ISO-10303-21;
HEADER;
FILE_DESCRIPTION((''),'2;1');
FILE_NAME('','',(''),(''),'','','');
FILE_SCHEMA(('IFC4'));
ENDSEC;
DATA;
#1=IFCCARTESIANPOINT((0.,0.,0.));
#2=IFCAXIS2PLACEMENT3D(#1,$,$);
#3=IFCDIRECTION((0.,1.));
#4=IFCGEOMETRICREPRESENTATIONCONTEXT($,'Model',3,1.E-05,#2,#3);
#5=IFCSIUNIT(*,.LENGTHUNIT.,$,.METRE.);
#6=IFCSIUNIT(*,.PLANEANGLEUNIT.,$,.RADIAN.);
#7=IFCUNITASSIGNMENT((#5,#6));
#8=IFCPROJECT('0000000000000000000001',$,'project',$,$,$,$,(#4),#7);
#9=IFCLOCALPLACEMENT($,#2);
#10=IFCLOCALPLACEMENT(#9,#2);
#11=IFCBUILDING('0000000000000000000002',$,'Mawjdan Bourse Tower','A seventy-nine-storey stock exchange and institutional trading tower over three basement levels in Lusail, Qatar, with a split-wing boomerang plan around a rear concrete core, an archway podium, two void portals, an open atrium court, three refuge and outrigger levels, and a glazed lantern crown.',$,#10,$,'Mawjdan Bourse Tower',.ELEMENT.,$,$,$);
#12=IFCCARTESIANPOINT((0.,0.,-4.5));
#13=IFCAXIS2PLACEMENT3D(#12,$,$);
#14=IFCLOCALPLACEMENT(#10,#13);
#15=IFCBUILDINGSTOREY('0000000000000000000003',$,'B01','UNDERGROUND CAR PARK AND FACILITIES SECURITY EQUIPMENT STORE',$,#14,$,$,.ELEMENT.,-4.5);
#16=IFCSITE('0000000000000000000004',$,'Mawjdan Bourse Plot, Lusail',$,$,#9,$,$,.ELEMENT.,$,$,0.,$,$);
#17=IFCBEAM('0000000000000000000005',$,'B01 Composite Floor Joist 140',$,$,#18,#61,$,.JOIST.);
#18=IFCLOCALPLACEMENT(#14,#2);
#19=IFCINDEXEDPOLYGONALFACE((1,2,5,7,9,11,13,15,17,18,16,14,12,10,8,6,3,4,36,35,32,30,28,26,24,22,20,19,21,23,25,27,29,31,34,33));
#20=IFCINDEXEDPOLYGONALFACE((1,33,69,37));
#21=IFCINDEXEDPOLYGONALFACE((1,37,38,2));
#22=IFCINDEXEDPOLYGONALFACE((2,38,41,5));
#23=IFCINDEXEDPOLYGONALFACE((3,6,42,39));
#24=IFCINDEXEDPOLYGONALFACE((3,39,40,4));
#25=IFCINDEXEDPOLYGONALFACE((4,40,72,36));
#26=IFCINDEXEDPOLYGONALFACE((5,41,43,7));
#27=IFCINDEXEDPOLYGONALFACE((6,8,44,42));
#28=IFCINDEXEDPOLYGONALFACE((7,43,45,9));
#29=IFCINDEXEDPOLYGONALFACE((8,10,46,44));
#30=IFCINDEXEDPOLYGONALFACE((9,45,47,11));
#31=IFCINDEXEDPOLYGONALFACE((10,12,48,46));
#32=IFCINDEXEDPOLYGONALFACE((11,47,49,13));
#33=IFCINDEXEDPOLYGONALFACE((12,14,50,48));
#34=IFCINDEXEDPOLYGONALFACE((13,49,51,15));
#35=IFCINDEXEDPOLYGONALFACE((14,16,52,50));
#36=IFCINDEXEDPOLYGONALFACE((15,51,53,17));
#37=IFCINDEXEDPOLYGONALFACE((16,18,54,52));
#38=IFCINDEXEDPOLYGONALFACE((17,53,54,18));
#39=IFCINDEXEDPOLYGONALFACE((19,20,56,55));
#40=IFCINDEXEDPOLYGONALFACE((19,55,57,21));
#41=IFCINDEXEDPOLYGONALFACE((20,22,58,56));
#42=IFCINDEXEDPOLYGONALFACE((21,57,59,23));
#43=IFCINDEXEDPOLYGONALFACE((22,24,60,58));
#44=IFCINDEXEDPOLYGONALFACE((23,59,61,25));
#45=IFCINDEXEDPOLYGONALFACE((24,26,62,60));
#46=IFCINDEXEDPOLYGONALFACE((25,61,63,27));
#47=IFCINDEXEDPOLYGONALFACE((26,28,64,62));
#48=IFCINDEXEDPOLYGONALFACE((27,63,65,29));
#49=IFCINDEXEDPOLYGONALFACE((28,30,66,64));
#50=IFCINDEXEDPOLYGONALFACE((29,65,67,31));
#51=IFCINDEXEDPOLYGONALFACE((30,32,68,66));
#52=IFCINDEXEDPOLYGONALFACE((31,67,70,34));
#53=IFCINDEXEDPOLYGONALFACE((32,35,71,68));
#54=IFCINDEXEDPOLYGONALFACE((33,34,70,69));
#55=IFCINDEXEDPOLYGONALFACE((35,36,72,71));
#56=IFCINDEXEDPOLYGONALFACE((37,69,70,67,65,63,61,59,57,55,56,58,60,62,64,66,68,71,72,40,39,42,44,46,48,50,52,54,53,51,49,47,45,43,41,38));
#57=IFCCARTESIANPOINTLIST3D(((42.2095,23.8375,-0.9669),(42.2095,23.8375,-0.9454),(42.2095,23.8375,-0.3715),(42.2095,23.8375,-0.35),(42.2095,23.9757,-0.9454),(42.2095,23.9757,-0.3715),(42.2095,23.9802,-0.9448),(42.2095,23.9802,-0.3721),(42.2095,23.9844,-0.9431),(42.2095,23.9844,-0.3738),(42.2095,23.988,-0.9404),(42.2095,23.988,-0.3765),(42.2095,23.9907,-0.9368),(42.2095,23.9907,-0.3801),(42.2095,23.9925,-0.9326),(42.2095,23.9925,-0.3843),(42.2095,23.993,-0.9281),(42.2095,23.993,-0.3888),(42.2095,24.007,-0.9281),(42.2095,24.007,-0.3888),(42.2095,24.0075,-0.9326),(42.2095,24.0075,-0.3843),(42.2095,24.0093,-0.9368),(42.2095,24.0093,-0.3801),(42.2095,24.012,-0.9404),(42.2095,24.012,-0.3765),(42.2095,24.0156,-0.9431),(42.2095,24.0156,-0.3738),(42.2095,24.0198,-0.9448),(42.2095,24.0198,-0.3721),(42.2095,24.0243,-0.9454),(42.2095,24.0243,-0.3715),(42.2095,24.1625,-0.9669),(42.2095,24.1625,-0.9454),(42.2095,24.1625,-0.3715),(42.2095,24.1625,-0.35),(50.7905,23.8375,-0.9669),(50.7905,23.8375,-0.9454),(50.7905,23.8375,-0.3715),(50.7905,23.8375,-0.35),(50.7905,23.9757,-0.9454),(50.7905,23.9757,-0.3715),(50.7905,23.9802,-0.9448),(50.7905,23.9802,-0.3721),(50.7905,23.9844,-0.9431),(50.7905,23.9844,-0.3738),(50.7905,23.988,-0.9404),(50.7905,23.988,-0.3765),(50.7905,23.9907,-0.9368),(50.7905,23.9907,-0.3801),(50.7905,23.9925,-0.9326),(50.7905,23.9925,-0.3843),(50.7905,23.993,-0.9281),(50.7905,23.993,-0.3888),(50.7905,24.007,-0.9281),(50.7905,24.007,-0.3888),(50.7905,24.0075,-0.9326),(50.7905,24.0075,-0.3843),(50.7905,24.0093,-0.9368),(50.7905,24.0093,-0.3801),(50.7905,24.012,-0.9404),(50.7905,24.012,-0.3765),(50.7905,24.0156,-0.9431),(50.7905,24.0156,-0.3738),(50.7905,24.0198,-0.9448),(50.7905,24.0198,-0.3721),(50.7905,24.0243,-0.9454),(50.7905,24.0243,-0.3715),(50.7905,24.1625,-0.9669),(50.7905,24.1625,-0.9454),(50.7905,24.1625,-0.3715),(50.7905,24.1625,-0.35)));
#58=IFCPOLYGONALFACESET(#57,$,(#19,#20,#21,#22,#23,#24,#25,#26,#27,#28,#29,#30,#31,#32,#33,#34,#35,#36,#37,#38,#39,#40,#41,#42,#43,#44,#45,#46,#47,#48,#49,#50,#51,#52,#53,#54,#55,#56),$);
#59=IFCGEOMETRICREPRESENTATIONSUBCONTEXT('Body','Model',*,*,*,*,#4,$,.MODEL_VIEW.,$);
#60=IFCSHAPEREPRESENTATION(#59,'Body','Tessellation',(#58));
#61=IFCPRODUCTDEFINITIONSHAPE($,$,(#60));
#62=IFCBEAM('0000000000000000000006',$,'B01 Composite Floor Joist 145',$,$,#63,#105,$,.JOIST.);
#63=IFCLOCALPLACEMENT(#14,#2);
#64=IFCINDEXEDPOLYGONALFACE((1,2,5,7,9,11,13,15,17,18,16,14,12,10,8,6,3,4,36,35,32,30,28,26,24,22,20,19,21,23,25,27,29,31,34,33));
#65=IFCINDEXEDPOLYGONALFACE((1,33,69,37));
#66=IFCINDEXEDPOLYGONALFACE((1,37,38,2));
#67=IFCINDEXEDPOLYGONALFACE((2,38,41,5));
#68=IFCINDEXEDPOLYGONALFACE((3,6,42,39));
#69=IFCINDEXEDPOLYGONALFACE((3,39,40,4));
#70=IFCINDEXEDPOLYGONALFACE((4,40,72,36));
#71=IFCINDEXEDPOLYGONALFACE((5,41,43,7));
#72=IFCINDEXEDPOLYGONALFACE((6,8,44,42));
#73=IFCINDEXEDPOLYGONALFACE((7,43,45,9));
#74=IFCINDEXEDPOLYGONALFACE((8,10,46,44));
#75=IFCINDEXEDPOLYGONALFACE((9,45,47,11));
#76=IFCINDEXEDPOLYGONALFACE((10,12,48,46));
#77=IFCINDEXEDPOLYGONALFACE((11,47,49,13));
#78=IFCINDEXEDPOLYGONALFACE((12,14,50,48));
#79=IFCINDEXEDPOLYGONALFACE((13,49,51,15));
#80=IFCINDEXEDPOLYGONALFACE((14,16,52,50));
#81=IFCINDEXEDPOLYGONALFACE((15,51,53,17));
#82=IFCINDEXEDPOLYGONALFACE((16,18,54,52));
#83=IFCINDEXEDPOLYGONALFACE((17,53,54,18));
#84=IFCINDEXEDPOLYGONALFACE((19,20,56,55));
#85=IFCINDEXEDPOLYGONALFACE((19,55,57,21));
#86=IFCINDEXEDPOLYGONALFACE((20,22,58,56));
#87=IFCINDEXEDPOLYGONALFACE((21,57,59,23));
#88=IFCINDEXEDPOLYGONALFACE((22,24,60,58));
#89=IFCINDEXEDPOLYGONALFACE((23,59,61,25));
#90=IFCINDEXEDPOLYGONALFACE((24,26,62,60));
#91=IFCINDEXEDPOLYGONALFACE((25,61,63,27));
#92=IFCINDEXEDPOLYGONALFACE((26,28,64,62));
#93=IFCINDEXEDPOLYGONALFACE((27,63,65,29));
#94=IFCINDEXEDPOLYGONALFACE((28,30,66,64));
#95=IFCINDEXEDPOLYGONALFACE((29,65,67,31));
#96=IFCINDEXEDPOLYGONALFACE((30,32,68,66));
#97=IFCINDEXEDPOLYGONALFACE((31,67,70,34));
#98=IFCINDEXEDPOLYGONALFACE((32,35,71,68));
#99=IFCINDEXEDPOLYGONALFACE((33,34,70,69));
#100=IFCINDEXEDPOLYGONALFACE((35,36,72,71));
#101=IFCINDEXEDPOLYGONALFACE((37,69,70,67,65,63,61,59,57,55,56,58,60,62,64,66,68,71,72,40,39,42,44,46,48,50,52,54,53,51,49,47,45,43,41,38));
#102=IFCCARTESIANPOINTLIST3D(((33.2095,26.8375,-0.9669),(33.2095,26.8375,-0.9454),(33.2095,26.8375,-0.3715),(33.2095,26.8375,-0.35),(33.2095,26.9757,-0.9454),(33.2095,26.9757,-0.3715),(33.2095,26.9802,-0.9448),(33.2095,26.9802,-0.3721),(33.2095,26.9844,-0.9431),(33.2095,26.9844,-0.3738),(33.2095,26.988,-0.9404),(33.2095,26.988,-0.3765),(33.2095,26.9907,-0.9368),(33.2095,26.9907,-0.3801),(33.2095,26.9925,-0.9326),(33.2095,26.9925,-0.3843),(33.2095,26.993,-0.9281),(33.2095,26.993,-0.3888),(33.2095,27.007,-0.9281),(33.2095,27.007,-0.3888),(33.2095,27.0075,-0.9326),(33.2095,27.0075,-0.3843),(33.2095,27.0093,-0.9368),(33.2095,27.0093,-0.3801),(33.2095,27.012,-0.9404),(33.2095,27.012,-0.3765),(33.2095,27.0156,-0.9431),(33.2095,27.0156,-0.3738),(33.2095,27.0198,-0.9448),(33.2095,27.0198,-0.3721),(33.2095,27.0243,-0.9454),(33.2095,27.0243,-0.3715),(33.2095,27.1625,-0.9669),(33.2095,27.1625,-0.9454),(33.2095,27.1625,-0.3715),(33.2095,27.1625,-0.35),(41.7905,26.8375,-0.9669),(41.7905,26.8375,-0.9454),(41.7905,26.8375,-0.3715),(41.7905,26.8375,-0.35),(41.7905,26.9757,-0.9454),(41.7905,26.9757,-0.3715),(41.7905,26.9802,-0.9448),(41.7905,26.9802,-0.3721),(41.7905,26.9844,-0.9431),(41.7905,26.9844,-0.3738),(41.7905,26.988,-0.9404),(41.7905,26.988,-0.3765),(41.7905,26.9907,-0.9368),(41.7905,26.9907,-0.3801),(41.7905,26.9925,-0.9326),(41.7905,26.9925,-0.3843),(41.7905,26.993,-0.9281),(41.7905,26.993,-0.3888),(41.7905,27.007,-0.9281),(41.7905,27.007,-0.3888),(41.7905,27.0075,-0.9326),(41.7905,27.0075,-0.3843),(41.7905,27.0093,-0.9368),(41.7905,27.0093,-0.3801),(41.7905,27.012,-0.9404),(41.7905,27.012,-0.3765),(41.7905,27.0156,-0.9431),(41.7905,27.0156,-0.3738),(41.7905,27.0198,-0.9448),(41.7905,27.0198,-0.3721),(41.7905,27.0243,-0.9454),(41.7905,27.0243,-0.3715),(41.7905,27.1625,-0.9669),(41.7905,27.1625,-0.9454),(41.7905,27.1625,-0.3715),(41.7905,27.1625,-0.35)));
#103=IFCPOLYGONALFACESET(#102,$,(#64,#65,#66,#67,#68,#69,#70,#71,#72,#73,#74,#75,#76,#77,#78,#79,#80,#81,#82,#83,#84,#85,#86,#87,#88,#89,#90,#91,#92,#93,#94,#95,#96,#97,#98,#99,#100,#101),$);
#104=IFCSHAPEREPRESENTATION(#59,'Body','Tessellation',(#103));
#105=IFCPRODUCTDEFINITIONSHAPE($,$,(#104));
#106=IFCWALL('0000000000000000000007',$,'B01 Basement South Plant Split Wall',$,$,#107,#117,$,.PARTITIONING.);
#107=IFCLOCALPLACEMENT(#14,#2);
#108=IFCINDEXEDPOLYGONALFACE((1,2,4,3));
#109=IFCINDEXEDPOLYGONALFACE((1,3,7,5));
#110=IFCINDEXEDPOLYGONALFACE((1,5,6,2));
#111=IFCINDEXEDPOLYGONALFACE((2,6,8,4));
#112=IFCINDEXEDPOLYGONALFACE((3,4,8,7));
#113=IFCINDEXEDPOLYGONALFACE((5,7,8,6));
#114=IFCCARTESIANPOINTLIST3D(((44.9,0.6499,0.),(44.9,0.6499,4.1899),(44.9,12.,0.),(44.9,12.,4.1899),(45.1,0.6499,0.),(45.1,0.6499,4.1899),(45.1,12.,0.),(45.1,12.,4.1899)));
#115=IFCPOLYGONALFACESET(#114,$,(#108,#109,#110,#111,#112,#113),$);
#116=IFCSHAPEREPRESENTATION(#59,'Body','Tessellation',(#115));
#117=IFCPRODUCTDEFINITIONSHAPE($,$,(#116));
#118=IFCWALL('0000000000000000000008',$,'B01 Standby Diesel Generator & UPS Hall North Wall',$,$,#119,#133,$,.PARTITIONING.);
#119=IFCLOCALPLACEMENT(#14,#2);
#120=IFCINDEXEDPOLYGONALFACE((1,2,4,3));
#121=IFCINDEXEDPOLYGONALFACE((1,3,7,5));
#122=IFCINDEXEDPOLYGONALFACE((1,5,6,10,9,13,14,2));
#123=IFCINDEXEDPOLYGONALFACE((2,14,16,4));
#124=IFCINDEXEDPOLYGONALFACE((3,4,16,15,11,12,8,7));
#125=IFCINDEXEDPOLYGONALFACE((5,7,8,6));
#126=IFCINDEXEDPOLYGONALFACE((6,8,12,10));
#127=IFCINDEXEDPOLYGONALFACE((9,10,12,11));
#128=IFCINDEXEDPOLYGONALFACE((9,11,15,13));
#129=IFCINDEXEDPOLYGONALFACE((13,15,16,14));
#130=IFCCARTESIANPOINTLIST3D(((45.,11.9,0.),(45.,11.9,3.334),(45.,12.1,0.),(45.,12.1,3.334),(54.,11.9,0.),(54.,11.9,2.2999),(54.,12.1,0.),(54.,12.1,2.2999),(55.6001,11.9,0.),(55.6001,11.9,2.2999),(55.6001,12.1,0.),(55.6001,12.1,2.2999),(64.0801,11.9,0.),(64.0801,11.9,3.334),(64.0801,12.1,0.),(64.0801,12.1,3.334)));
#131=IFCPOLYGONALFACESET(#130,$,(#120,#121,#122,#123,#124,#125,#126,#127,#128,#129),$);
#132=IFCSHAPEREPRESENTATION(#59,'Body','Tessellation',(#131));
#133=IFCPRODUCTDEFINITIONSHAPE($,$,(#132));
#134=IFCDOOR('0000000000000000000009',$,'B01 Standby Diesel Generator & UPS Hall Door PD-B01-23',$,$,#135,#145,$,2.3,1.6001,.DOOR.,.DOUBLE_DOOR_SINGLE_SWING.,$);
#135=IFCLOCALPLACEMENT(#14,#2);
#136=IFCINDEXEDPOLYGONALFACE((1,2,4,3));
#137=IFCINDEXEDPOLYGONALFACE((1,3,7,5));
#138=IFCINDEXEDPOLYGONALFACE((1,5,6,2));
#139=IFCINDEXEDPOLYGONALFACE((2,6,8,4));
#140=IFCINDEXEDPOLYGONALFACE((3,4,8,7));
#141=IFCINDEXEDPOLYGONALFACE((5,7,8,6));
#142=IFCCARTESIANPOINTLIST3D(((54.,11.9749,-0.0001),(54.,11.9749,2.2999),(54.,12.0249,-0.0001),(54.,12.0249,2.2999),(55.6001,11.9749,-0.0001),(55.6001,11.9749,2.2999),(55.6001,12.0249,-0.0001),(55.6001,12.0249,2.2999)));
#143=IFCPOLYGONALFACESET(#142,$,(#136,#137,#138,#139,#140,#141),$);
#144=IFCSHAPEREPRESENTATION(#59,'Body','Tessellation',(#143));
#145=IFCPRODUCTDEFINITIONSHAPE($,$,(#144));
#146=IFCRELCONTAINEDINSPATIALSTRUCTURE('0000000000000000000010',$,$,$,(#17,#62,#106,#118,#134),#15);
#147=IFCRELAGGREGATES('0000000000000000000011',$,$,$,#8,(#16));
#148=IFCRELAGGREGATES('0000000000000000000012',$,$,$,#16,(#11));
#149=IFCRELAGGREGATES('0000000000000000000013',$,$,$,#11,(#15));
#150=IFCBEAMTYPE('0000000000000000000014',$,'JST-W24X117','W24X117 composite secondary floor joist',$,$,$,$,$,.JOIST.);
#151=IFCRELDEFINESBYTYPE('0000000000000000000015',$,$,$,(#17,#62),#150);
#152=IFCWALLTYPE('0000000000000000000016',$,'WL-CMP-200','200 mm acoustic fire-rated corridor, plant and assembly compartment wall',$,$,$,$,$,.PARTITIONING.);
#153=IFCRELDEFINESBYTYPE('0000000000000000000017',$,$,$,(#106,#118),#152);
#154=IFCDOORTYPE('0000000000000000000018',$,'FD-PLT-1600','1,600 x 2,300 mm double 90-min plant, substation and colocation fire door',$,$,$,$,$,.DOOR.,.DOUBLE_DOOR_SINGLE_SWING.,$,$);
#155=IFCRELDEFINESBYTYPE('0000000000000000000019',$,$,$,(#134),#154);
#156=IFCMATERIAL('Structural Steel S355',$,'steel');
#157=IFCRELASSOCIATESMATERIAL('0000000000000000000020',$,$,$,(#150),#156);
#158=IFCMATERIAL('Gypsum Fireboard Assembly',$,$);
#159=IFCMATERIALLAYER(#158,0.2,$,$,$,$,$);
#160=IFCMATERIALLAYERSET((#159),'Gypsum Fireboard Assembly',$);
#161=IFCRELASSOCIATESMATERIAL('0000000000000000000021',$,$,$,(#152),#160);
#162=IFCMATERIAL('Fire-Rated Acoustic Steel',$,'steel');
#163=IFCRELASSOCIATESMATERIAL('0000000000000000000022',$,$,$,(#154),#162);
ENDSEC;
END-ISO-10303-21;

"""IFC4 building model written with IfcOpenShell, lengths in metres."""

from ifc_helpers import new_model, si_unit, direction, frame, frame_2d, origin, origin_2d, place, context, subcontext, project, spatial, rectangle, i_section, extrude, material, layer, layer_set, material_profile, profile_set, type_object, element, fill, save


model = new_model("IFC4")

# Units and contexts
model_context = context("Model", 3, precision=1e-05, world=origin(), true_north=direction((0.0, 1.0)))
body_context = subcontext(model_context, "Body", "Model", "MODEL_VIEW")
ifc_project = project(units=[si_unit("LENGTHUNIT", "METRE"), si_unit("PLANEANGLEUNIT", "RADIAN")], contexts=[model_context])

# Site, building, storey
site_placement = place(None, origin())
site = spatial("IfcSite", under=ifc_project, at=site_placement, Name="Mawjdan Bourse Plot, Lusail", CompositionType="ELEMENT", RefElevation=0.0)
building_placement = place(site_placement, origin())
building = spatial("IfcBuilding", under=site, at=building_placement, Name="Mawjdan Bourse Tower", Description="A seventy-nine-storey stock exchange and institutional trading tower over three basement levels in Lusail, Qatar, with a split-wing boomerang plan around a rear concrete core, an archway podium, two void portals, an open atrium court, three refuge and outrigger levels, and a glazed lantern crown.", LongName="Mawjdan Bourse Tower", CompositionType="ELEMENT")
storey_placement = place(building_placement, frame((0.0, 0.0, -4.5)))
storey = spatial("IfcBuildingStorey", under=building, at=storey_placement, Name="B01", Description="UNDERGROUND CAR PARK AND FACILITIES SECURITY EQUIPMENT STORE", CompositionType="ELEMENT", Elevation=-4.5)

# Beams
ifc_material_1 = material(Name="Structural Steel S355", Category="steel")
ifc_material_profile_1 = material_profile(ifc_material_1, i_section(OverallWidth=0.325, OverallDepth=0.6169, WebThickness=0.0139, FlangeThickness=0.0215, FilletRadius=0.0173, at=origin_2d()), Name="W24X117")
ifc_profile_set_1 = profile_set([ifc_material_profile_1], Name="Structural Steel S355")
beam_type_1 = type_object("IfcBeamType", Name="JST-W24X117", Description="W24X117 composite secondary floor joist", PredefinedType="JOIST", material=ifc_profile_set_1)
for number, where, z_axis, x_axis, name in (
    (1, (42.2095, 24.0, -0.6584), (1.0, 0.0, 0.0), (0.0, 1.0, 0.0), "B01 Composite Floor Joist 140"),
    (2, (33.2095, 27.0, -0.6584), (1.0, 0.0, 0.0), (0.0, 1.0, 0.0), "B01 Composite Floor Joist 145"),
):
    element("IfcBeam", number, at=place(storey_placement, frame(where, z_axis=z_axis, x_axis=x_axis)), inside=storey, type_object=beam_type_1, Name=name, PredefinedType="JOIST", context=body_context, shape_type="SweptSolid", body=[
        extrude(i_section(OverallWidth=0.325, OverallDepth=0.6169, WebThickness=0.0139, FlangeThickness=0.0215, FilletRadius=0.0173, at=origin_2d()), origin(), (0.0, 0.0, 1.0), 8.5811),
    ])

# Wall
ifc_material_2 = material(Name="Gypsum Fireboard Assembly")
ifc_layer = layer(ifc_material_2, 0.2)
ifc_layer_set = layer_set([ifc_layer], Name="Gypsum Fireboard Assembly")
wall_type = type_object("IfcWallType", Name="WL-CMP-200", Description="200 mm acoustic fire-rated corridor, plant and assembly compartment wall", PredefinedType="PARTITIONING", material=ifc_layer_set)
wall_1_placement = place(storey_placement, frame((45.0, 0.6499, 0.0), z_axis=(0.0, 0.0, 1.0), x_axis=(0.0, 1.0, 0.0)))
element("IfcWall", 3, at=wall_1_placement, inside=storey, type_object=wall_type, Name="B01 Basement South Plant Split Wall", PredefinedType="PARTITIONING", context=body_context, shape_type="SweptSolid", body=[
    extrude(rectangle(XDim=11.3501, YDim=0.2, at=frame_2d((5.675, 0.0))), origin(), (0.0, 0.0, 1.0), 4.1899),
])

# Wall, opening, door
wall_2_placement = place(storey_placement, frame((45.0, 12.0, 0.0), z_axis=(0.0, 0.0, 1.0), x_axis=(1.0, 0.0, 0.0)))
wall_2 = element("IfcWall", 4, at=wall_2_placement, inside=storey, type_object=wall_type, Name="B01 Standby Diesel Generator & UPS Hall North Wall", PredefinedType="PARTITIONING", context=body_context, shape_type="SweptSolid", body=[
    extrude(rectangle(XDim=19.0801, YDim=0.2, at=frame_2d((9.54, 0.0))), origin(), (0.0, 0.0, 1.0), 3.334),
])
opening_placement = place(wall_2_placement, frame((9.0, 0.0, 0.0)))
opening = element("IfcOpeningElement", 5, at=opening_placement, cuts=wall_2, PredefinedType="OPENING", context=body_context, shape_type="SweptSolid", body=[
    extrude(rectangle(XDim=1.6001, YDim=2.3, at=frame_2d((0.8, 1.1499))), frame((0.0, 0.1099, 0.0), z_axis=(0.0, -1.0, 0.0), x_axis=(1.0, 0.0, 0.0)), (0.0, 0.0, 1.0), 0.22),
])
ifc_material_3 = material(Name="Fire-Rated Acoustic Steel", Category="steel")
door_type = type_object("IfcDoorType", Name="FD-PLT-1600", Description="1,600 x 2,300 mm double 90-min plant, substation and colocation fire door", OperationType="DOUBLE_DOOR_SINGLE_SWING", PredefinedType="DOOR", material=ifc_material_3)
door_placement = place(opening_placement, origin())
door = element("IfcDoor", 6, at=door_placement, inside=storey, type_object=door_type, Name="B01 Standby Diesel Generator & UPS Hall Door PD-B01-23", OperationType="DOUBLE_DOOR_SINGLE_SWING", OverallHeight=2.3, OverallWidth=1.6001, PredefinedType="DOOR", context=body_context, shape_type="SweptSolid", body=[
    extrude(rectangle(XDim=1.6001, YDim=2.3, at=frame_2d((0.8, 1.1499))), frame((0.0, 0.0249, 0.0), z_axis=(0.0, -1.0, 0.0), x_axis=(1.0, 0.0, 0.0)), (0.0, 0.0, 1.0), 0.05),
])
fill(opening, door)

save(model, "model.ifc")
